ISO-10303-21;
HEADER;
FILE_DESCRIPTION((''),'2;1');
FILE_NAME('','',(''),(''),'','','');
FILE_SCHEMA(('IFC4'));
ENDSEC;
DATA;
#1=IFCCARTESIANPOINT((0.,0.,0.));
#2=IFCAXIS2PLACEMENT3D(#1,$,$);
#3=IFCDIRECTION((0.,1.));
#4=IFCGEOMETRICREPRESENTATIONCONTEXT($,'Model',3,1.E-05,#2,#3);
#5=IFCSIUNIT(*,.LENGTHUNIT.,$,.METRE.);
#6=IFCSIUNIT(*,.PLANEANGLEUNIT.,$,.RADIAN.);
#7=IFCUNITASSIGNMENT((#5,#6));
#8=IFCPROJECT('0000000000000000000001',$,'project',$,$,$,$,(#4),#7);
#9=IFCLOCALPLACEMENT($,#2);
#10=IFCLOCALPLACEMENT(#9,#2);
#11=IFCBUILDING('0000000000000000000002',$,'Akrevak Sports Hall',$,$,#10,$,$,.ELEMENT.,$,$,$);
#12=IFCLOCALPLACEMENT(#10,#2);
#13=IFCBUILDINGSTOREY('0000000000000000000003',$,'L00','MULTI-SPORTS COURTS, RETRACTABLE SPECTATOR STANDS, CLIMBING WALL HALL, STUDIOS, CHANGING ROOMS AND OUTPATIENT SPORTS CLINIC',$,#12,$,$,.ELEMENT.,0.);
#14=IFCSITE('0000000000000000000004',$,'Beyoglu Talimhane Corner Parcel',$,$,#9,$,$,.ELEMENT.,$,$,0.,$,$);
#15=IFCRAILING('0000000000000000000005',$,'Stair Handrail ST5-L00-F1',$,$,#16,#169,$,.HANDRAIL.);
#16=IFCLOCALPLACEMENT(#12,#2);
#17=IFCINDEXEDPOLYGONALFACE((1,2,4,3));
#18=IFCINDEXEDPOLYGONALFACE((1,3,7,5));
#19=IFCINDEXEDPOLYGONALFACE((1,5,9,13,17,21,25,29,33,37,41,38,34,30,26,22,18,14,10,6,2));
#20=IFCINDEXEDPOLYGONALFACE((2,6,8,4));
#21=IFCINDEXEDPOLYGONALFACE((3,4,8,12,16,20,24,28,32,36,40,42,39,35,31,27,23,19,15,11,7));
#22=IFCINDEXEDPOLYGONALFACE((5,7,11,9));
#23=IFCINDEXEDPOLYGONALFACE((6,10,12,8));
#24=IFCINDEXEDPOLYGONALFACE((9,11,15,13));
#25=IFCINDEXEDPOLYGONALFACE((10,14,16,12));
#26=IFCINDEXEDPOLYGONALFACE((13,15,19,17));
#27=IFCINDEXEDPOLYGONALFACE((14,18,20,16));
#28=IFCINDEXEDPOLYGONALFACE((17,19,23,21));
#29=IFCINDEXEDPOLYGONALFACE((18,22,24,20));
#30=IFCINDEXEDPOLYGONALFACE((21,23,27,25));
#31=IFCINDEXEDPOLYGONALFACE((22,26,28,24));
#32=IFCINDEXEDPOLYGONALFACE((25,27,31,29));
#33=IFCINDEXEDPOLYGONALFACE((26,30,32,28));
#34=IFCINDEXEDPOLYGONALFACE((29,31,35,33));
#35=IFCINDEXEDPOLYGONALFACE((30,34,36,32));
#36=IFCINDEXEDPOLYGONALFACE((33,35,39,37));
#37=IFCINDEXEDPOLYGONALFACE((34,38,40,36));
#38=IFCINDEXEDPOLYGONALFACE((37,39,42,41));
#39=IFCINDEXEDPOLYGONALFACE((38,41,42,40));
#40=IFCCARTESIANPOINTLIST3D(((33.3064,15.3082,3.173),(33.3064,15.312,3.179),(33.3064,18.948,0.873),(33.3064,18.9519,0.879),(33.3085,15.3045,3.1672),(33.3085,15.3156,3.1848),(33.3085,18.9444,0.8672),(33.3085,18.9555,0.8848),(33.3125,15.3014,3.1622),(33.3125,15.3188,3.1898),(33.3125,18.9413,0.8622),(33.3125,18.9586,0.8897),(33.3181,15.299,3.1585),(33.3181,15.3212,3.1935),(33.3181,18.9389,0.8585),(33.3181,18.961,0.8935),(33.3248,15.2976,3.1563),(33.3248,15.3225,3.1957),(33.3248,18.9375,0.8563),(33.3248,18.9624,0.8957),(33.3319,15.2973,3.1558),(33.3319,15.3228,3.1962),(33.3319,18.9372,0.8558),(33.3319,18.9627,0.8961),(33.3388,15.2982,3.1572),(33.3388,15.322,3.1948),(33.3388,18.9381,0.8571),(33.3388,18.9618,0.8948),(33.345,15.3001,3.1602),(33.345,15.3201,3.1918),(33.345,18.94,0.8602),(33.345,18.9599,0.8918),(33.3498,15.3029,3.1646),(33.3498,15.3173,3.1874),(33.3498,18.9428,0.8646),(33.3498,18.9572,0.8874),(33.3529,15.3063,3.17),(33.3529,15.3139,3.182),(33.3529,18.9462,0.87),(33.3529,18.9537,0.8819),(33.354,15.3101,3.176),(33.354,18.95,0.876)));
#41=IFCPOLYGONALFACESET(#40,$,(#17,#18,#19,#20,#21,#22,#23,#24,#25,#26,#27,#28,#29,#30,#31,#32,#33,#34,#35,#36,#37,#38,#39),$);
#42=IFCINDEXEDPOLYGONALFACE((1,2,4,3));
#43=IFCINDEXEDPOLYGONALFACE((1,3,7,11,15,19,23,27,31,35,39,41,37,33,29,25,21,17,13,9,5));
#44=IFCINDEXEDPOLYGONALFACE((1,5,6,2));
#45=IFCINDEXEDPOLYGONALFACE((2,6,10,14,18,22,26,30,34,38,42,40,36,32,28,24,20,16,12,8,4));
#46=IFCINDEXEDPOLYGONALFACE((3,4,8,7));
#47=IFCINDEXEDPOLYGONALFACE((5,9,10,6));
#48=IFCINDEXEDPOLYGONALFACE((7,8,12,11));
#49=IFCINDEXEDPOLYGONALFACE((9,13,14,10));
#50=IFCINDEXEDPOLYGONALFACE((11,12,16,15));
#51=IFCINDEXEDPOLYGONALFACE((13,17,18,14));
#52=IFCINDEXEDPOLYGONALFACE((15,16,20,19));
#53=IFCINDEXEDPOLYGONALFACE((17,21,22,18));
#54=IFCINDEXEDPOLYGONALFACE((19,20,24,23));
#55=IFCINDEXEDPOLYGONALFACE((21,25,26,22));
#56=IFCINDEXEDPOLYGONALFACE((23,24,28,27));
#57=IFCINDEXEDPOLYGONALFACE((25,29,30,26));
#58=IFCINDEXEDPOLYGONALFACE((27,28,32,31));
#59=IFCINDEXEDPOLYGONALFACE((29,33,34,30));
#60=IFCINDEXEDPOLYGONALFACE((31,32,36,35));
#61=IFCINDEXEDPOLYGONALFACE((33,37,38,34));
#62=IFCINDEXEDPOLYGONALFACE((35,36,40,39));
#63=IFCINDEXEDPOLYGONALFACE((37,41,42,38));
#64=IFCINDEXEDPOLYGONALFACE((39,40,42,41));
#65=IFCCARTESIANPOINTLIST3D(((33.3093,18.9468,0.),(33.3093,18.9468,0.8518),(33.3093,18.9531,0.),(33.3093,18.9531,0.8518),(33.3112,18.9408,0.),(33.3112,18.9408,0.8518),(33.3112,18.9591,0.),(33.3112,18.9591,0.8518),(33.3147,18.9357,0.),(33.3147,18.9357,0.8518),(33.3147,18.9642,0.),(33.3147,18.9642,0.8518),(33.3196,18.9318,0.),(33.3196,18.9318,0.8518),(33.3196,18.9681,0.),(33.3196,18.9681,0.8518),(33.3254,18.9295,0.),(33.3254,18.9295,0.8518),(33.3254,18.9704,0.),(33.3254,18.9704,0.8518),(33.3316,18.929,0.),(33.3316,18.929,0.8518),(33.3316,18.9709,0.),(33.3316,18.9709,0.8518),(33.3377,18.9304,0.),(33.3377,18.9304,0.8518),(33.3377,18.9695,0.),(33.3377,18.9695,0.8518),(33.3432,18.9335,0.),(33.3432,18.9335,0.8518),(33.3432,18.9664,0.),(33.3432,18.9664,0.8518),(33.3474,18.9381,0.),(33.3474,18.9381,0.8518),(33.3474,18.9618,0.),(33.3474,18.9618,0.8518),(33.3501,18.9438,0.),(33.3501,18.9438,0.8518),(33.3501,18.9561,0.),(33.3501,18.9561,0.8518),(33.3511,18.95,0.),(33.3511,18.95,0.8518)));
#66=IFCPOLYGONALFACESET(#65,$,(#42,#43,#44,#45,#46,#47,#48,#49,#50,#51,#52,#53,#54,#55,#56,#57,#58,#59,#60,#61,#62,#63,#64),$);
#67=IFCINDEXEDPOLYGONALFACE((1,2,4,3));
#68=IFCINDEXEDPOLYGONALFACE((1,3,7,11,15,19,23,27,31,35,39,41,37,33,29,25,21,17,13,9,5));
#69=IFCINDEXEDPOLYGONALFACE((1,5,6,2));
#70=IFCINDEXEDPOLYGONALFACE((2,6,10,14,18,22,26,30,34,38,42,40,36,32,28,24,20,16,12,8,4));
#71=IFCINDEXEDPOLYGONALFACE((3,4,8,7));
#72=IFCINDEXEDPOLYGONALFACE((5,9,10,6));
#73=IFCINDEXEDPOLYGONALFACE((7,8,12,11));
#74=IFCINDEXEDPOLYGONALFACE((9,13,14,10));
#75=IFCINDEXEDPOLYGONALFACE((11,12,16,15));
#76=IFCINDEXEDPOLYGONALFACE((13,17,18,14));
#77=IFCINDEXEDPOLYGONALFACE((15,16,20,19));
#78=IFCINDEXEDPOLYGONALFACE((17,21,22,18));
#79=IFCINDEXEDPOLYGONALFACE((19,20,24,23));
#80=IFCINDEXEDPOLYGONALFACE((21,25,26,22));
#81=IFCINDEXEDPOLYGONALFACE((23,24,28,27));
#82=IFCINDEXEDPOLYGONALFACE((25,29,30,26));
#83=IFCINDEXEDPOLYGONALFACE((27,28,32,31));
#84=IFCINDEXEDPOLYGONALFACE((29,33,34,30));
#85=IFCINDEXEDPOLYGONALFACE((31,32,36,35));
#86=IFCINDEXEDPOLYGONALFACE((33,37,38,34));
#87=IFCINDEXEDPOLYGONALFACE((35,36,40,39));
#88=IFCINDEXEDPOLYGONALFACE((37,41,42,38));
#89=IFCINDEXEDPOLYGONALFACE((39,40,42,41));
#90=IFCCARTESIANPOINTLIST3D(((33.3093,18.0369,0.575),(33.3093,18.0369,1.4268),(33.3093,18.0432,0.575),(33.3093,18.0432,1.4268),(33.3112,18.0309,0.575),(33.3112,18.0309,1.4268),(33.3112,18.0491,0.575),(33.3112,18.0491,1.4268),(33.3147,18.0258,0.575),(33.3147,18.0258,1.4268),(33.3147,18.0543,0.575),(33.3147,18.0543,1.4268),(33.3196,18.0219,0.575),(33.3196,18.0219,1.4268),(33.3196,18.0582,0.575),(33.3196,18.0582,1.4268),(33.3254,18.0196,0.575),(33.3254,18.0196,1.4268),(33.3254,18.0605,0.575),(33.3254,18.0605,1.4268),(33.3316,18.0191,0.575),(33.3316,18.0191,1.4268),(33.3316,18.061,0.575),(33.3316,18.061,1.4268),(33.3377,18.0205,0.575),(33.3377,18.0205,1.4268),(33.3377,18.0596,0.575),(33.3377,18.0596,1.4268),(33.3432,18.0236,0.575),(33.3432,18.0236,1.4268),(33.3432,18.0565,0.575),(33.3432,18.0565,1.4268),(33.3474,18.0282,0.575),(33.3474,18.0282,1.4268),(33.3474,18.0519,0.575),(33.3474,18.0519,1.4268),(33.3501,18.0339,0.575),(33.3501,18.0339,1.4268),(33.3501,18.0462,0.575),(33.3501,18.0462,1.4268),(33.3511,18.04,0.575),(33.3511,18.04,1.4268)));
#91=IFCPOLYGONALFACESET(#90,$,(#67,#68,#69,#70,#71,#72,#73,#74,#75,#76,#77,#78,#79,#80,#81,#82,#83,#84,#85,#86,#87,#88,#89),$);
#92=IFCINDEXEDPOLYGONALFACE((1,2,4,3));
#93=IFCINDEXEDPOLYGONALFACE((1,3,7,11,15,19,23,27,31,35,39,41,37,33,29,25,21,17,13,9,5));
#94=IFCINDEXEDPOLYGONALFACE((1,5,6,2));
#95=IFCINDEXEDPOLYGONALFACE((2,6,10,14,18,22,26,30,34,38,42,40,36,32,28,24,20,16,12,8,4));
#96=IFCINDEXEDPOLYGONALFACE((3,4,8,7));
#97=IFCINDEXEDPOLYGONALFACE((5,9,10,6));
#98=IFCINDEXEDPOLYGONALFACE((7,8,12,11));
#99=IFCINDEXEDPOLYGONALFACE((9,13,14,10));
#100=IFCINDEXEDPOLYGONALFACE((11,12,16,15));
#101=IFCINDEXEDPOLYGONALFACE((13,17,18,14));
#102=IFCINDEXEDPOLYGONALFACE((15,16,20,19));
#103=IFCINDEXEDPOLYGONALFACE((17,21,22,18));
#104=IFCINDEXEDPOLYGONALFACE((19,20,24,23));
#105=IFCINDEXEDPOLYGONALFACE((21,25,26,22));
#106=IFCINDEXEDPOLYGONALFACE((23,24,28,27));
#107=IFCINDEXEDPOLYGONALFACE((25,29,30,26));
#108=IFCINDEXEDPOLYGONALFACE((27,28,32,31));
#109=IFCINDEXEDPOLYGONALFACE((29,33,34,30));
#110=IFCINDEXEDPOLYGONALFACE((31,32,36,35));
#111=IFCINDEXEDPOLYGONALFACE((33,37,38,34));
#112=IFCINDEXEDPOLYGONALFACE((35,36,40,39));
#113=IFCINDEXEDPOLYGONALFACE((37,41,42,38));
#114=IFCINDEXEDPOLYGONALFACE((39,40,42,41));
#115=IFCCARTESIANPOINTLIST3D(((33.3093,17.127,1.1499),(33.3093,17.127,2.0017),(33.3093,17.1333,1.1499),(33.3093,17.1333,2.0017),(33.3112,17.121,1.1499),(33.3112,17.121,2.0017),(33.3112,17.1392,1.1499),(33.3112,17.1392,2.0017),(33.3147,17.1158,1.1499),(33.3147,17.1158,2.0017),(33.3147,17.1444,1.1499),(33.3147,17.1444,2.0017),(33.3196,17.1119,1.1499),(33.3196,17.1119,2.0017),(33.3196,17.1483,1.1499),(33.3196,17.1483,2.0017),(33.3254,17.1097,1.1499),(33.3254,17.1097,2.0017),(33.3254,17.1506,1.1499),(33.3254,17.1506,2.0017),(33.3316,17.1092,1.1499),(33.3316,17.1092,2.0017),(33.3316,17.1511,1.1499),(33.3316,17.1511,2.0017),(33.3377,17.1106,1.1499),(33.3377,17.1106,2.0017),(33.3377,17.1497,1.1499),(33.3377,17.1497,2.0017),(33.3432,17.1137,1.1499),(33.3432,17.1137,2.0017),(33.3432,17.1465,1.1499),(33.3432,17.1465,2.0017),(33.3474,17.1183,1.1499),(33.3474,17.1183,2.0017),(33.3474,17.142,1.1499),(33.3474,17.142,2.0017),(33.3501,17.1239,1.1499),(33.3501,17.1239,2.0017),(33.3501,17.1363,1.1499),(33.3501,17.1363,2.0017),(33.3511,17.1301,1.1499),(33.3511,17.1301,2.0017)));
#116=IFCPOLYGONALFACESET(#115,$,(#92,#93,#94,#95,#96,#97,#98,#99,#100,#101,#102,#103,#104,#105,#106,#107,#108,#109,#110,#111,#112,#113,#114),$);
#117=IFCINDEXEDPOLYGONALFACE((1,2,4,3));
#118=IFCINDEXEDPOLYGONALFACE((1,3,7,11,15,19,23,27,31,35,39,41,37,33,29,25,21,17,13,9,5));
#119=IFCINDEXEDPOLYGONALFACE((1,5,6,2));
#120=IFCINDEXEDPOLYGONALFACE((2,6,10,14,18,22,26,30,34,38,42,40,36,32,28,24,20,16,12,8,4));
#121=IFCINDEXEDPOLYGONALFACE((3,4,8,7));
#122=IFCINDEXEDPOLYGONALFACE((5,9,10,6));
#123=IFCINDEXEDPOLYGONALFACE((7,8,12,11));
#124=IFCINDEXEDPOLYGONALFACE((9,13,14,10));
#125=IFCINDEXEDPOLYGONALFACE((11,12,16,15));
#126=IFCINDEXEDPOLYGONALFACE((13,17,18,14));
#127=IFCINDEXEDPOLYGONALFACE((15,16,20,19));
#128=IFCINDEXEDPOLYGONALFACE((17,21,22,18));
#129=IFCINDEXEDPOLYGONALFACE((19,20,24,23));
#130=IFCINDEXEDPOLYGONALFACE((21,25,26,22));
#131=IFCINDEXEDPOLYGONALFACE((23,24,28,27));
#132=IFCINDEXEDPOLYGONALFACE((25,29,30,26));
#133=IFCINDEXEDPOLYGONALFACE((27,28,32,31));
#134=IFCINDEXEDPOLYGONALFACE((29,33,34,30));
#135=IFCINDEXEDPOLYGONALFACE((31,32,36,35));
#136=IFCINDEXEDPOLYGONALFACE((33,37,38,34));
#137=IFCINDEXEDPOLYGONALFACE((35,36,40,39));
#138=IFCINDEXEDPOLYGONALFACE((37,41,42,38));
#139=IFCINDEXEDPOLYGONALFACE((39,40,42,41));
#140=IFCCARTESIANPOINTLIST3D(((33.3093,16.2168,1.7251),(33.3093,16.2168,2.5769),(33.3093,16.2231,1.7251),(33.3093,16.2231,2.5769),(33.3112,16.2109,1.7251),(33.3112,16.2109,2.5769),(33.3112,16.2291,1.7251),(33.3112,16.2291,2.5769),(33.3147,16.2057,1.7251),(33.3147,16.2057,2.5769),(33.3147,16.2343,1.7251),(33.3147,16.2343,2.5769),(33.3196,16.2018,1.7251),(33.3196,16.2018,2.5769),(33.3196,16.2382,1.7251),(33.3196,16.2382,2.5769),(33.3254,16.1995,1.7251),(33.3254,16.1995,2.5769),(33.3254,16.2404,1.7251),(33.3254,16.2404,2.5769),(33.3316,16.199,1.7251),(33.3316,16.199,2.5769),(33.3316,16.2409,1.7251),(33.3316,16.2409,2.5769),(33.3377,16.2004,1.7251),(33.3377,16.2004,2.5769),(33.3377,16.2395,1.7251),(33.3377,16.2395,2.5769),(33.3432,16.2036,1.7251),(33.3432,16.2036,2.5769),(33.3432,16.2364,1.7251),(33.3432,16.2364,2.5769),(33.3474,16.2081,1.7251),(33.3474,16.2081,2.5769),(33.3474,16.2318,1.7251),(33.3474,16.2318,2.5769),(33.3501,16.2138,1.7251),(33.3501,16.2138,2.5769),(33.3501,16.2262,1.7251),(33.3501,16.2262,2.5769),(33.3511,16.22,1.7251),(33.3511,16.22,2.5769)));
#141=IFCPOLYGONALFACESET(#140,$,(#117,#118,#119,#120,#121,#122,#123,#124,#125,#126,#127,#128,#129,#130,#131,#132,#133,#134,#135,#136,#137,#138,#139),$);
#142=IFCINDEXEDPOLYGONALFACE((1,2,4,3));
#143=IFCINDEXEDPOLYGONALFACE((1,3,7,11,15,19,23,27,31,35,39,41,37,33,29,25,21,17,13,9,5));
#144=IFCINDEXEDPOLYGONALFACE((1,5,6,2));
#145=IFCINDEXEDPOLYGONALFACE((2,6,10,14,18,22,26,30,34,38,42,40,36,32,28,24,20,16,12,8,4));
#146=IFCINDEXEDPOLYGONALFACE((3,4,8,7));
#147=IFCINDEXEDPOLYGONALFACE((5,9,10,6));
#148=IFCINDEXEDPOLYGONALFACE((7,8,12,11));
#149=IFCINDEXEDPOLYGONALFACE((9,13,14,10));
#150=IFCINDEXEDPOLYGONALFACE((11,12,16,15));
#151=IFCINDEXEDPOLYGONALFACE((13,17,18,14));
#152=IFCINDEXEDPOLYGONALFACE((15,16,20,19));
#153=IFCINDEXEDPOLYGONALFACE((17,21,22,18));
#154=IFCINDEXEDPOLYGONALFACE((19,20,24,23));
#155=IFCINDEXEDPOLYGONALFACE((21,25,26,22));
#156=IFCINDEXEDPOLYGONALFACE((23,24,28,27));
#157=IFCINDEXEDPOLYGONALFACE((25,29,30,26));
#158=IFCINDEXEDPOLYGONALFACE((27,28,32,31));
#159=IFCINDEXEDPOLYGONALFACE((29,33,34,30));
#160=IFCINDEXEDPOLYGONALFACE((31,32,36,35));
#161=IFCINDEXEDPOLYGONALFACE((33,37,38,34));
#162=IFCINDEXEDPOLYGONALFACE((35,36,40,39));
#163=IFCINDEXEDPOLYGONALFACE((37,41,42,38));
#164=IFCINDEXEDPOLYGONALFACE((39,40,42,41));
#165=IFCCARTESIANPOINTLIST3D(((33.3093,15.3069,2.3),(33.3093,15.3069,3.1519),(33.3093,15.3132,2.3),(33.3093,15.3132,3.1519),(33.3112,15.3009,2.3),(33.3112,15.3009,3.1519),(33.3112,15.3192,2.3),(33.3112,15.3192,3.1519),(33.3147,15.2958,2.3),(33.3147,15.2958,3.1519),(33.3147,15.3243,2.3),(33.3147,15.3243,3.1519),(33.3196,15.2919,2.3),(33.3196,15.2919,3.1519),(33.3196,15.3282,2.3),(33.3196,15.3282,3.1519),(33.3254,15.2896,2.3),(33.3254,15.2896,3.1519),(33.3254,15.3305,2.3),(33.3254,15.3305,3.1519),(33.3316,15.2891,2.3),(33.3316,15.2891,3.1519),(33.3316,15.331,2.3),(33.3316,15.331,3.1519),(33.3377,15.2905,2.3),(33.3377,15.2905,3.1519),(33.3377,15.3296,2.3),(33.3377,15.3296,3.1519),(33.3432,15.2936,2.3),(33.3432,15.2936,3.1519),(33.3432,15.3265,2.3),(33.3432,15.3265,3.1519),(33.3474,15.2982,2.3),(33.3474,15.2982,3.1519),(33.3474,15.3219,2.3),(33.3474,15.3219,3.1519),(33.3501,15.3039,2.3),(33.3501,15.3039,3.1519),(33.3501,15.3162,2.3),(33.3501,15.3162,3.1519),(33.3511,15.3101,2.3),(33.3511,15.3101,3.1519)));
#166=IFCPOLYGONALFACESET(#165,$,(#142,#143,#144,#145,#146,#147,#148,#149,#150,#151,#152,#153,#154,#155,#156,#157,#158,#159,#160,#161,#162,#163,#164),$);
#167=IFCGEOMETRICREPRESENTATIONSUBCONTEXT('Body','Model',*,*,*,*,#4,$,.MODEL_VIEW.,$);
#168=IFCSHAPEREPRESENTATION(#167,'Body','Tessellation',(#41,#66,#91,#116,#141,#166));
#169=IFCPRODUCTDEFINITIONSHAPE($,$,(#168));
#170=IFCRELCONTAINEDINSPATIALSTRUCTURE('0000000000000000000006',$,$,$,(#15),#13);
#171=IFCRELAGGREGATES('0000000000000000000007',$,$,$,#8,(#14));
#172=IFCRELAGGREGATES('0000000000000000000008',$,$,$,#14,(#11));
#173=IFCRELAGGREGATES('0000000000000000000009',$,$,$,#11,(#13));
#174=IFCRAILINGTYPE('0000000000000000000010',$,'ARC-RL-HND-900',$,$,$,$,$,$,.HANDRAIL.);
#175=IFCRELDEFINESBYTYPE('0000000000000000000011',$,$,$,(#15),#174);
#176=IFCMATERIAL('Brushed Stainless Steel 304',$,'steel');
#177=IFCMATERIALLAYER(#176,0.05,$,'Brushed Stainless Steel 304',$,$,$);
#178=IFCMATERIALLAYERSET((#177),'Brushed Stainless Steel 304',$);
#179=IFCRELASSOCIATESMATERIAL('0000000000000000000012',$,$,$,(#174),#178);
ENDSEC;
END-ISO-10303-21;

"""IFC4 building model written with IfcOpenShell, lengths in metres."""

from ifc_helpers import new_model, si_unit, direction, frame, origin, origin_2d, place, context, subcontext, project, spatial, circle, extrude, material, layer, layer_set, type_object, element, save


model = new_model("IFC4")

# Units and contexts
model_context = context("Model", 3, precision=1e-05, world=origin(), true_north=direction((0.0, 1.0)))
body_context = subcontext(model_context, "Body", "Model", "MODEL_VIEW")
ifc_project = project(units=[si_unit("LENGTHUNIT", "METRE"), si_unit("PLANEANGLEUNIT", "RADIAN")], contexts=[model_context])

# Site, building, storey
site_placement = place(None, origin())
site = spatial("IfcSite", under=ifc_project, at=site_placement, Name="Beyoglu Talimhane Corner Parcel", CompositionType="ELEMENT", RefElevation=0.0)
building_placement = place(site_placement, origin())
building = spatial("IfcBuilding", under=site, at=building_placement, Name="Akrevak Sports Hall", CompositionType="ELEMENT")
storey_placement = place(building_placement, origin())
storey = spatial("IfcBuildingStorey", under=building, at=storey_placement, Name="L00", Description="MULTI-SPORTS COURTS, RETRACTABLE SPECTATOR STANDS, CLIMBING WALL HALL, STUDIOS, CHANGING ROOMS AND OUTPATIENT SPORTS CLINIC", CompositionType="ELEMENT", Elevation=0.0)

# Railing
ifc_material_1 = material(Name="Brushed Stainless Steel 304", Category="steel")
ifc_layer_1 = layer(ifc_material_1, 0.05, Name="Brushed Stainless Steel 304")
ifc_layer_set_1 = layer_set([ifc_layer_1], Name="Brushed Stainless Steel 304")
railing_type_1 = type_object("IfcRailingType", Name="ARC-RL-HND-900", PredefinedType="HANDRAIL", material=ifc_layer_set_1)
railing_1_placement = place(storey_placement, frame((33.3301, 18.95, 0.0)))
element("IfcRailing", 1, at=railing_1_placement, inside=storey, type_object=railing_type_1, Name="Stair Handrail ST5-L00-F1", PredefinedType="HANDRAIL", context=body_context, shape_type="SweptSolid", body=[
    extrude(circle(Radius=0.0239, at=origin_2d()), frame((0.0, 0.0, 0.876), z_axis=(0.0, -0.845366, 0.534187), x_axis=(1.0, 0.0, 0.0)), (0.0, 0.0, 1.0), 4.3057),
    extrude(circle(Radius=0.021, at=origin_2d()), origin(), (0.0, 0.0, 1.0), 0.8518),
    extrude(circle(Radius=0.021, at=origin_2d()), frame((0.0, -0.9099, 0.575)), (0.0, 0.0, 1.0), 0.8518),
    extrude(circle(Radius=0.021, at=origin_2d()), frame((0.0, -1.8198, 1.1499)), (0.0, 0.0, 1.0), 0.8518),
    extrude(circle(Radius=0.021, at=origin_2d()), frame((0.0, -2.73, 1.7251)), (0.0, 0.0, 1.0), 0.8518),
    extrude(circle(Radius=0.021, at=origin_2d()), frame((0.0, -3.6399, 2.3)), (0.0, 0.0, 1.0), 0.8518),
])

save(model, "model.ifc")
